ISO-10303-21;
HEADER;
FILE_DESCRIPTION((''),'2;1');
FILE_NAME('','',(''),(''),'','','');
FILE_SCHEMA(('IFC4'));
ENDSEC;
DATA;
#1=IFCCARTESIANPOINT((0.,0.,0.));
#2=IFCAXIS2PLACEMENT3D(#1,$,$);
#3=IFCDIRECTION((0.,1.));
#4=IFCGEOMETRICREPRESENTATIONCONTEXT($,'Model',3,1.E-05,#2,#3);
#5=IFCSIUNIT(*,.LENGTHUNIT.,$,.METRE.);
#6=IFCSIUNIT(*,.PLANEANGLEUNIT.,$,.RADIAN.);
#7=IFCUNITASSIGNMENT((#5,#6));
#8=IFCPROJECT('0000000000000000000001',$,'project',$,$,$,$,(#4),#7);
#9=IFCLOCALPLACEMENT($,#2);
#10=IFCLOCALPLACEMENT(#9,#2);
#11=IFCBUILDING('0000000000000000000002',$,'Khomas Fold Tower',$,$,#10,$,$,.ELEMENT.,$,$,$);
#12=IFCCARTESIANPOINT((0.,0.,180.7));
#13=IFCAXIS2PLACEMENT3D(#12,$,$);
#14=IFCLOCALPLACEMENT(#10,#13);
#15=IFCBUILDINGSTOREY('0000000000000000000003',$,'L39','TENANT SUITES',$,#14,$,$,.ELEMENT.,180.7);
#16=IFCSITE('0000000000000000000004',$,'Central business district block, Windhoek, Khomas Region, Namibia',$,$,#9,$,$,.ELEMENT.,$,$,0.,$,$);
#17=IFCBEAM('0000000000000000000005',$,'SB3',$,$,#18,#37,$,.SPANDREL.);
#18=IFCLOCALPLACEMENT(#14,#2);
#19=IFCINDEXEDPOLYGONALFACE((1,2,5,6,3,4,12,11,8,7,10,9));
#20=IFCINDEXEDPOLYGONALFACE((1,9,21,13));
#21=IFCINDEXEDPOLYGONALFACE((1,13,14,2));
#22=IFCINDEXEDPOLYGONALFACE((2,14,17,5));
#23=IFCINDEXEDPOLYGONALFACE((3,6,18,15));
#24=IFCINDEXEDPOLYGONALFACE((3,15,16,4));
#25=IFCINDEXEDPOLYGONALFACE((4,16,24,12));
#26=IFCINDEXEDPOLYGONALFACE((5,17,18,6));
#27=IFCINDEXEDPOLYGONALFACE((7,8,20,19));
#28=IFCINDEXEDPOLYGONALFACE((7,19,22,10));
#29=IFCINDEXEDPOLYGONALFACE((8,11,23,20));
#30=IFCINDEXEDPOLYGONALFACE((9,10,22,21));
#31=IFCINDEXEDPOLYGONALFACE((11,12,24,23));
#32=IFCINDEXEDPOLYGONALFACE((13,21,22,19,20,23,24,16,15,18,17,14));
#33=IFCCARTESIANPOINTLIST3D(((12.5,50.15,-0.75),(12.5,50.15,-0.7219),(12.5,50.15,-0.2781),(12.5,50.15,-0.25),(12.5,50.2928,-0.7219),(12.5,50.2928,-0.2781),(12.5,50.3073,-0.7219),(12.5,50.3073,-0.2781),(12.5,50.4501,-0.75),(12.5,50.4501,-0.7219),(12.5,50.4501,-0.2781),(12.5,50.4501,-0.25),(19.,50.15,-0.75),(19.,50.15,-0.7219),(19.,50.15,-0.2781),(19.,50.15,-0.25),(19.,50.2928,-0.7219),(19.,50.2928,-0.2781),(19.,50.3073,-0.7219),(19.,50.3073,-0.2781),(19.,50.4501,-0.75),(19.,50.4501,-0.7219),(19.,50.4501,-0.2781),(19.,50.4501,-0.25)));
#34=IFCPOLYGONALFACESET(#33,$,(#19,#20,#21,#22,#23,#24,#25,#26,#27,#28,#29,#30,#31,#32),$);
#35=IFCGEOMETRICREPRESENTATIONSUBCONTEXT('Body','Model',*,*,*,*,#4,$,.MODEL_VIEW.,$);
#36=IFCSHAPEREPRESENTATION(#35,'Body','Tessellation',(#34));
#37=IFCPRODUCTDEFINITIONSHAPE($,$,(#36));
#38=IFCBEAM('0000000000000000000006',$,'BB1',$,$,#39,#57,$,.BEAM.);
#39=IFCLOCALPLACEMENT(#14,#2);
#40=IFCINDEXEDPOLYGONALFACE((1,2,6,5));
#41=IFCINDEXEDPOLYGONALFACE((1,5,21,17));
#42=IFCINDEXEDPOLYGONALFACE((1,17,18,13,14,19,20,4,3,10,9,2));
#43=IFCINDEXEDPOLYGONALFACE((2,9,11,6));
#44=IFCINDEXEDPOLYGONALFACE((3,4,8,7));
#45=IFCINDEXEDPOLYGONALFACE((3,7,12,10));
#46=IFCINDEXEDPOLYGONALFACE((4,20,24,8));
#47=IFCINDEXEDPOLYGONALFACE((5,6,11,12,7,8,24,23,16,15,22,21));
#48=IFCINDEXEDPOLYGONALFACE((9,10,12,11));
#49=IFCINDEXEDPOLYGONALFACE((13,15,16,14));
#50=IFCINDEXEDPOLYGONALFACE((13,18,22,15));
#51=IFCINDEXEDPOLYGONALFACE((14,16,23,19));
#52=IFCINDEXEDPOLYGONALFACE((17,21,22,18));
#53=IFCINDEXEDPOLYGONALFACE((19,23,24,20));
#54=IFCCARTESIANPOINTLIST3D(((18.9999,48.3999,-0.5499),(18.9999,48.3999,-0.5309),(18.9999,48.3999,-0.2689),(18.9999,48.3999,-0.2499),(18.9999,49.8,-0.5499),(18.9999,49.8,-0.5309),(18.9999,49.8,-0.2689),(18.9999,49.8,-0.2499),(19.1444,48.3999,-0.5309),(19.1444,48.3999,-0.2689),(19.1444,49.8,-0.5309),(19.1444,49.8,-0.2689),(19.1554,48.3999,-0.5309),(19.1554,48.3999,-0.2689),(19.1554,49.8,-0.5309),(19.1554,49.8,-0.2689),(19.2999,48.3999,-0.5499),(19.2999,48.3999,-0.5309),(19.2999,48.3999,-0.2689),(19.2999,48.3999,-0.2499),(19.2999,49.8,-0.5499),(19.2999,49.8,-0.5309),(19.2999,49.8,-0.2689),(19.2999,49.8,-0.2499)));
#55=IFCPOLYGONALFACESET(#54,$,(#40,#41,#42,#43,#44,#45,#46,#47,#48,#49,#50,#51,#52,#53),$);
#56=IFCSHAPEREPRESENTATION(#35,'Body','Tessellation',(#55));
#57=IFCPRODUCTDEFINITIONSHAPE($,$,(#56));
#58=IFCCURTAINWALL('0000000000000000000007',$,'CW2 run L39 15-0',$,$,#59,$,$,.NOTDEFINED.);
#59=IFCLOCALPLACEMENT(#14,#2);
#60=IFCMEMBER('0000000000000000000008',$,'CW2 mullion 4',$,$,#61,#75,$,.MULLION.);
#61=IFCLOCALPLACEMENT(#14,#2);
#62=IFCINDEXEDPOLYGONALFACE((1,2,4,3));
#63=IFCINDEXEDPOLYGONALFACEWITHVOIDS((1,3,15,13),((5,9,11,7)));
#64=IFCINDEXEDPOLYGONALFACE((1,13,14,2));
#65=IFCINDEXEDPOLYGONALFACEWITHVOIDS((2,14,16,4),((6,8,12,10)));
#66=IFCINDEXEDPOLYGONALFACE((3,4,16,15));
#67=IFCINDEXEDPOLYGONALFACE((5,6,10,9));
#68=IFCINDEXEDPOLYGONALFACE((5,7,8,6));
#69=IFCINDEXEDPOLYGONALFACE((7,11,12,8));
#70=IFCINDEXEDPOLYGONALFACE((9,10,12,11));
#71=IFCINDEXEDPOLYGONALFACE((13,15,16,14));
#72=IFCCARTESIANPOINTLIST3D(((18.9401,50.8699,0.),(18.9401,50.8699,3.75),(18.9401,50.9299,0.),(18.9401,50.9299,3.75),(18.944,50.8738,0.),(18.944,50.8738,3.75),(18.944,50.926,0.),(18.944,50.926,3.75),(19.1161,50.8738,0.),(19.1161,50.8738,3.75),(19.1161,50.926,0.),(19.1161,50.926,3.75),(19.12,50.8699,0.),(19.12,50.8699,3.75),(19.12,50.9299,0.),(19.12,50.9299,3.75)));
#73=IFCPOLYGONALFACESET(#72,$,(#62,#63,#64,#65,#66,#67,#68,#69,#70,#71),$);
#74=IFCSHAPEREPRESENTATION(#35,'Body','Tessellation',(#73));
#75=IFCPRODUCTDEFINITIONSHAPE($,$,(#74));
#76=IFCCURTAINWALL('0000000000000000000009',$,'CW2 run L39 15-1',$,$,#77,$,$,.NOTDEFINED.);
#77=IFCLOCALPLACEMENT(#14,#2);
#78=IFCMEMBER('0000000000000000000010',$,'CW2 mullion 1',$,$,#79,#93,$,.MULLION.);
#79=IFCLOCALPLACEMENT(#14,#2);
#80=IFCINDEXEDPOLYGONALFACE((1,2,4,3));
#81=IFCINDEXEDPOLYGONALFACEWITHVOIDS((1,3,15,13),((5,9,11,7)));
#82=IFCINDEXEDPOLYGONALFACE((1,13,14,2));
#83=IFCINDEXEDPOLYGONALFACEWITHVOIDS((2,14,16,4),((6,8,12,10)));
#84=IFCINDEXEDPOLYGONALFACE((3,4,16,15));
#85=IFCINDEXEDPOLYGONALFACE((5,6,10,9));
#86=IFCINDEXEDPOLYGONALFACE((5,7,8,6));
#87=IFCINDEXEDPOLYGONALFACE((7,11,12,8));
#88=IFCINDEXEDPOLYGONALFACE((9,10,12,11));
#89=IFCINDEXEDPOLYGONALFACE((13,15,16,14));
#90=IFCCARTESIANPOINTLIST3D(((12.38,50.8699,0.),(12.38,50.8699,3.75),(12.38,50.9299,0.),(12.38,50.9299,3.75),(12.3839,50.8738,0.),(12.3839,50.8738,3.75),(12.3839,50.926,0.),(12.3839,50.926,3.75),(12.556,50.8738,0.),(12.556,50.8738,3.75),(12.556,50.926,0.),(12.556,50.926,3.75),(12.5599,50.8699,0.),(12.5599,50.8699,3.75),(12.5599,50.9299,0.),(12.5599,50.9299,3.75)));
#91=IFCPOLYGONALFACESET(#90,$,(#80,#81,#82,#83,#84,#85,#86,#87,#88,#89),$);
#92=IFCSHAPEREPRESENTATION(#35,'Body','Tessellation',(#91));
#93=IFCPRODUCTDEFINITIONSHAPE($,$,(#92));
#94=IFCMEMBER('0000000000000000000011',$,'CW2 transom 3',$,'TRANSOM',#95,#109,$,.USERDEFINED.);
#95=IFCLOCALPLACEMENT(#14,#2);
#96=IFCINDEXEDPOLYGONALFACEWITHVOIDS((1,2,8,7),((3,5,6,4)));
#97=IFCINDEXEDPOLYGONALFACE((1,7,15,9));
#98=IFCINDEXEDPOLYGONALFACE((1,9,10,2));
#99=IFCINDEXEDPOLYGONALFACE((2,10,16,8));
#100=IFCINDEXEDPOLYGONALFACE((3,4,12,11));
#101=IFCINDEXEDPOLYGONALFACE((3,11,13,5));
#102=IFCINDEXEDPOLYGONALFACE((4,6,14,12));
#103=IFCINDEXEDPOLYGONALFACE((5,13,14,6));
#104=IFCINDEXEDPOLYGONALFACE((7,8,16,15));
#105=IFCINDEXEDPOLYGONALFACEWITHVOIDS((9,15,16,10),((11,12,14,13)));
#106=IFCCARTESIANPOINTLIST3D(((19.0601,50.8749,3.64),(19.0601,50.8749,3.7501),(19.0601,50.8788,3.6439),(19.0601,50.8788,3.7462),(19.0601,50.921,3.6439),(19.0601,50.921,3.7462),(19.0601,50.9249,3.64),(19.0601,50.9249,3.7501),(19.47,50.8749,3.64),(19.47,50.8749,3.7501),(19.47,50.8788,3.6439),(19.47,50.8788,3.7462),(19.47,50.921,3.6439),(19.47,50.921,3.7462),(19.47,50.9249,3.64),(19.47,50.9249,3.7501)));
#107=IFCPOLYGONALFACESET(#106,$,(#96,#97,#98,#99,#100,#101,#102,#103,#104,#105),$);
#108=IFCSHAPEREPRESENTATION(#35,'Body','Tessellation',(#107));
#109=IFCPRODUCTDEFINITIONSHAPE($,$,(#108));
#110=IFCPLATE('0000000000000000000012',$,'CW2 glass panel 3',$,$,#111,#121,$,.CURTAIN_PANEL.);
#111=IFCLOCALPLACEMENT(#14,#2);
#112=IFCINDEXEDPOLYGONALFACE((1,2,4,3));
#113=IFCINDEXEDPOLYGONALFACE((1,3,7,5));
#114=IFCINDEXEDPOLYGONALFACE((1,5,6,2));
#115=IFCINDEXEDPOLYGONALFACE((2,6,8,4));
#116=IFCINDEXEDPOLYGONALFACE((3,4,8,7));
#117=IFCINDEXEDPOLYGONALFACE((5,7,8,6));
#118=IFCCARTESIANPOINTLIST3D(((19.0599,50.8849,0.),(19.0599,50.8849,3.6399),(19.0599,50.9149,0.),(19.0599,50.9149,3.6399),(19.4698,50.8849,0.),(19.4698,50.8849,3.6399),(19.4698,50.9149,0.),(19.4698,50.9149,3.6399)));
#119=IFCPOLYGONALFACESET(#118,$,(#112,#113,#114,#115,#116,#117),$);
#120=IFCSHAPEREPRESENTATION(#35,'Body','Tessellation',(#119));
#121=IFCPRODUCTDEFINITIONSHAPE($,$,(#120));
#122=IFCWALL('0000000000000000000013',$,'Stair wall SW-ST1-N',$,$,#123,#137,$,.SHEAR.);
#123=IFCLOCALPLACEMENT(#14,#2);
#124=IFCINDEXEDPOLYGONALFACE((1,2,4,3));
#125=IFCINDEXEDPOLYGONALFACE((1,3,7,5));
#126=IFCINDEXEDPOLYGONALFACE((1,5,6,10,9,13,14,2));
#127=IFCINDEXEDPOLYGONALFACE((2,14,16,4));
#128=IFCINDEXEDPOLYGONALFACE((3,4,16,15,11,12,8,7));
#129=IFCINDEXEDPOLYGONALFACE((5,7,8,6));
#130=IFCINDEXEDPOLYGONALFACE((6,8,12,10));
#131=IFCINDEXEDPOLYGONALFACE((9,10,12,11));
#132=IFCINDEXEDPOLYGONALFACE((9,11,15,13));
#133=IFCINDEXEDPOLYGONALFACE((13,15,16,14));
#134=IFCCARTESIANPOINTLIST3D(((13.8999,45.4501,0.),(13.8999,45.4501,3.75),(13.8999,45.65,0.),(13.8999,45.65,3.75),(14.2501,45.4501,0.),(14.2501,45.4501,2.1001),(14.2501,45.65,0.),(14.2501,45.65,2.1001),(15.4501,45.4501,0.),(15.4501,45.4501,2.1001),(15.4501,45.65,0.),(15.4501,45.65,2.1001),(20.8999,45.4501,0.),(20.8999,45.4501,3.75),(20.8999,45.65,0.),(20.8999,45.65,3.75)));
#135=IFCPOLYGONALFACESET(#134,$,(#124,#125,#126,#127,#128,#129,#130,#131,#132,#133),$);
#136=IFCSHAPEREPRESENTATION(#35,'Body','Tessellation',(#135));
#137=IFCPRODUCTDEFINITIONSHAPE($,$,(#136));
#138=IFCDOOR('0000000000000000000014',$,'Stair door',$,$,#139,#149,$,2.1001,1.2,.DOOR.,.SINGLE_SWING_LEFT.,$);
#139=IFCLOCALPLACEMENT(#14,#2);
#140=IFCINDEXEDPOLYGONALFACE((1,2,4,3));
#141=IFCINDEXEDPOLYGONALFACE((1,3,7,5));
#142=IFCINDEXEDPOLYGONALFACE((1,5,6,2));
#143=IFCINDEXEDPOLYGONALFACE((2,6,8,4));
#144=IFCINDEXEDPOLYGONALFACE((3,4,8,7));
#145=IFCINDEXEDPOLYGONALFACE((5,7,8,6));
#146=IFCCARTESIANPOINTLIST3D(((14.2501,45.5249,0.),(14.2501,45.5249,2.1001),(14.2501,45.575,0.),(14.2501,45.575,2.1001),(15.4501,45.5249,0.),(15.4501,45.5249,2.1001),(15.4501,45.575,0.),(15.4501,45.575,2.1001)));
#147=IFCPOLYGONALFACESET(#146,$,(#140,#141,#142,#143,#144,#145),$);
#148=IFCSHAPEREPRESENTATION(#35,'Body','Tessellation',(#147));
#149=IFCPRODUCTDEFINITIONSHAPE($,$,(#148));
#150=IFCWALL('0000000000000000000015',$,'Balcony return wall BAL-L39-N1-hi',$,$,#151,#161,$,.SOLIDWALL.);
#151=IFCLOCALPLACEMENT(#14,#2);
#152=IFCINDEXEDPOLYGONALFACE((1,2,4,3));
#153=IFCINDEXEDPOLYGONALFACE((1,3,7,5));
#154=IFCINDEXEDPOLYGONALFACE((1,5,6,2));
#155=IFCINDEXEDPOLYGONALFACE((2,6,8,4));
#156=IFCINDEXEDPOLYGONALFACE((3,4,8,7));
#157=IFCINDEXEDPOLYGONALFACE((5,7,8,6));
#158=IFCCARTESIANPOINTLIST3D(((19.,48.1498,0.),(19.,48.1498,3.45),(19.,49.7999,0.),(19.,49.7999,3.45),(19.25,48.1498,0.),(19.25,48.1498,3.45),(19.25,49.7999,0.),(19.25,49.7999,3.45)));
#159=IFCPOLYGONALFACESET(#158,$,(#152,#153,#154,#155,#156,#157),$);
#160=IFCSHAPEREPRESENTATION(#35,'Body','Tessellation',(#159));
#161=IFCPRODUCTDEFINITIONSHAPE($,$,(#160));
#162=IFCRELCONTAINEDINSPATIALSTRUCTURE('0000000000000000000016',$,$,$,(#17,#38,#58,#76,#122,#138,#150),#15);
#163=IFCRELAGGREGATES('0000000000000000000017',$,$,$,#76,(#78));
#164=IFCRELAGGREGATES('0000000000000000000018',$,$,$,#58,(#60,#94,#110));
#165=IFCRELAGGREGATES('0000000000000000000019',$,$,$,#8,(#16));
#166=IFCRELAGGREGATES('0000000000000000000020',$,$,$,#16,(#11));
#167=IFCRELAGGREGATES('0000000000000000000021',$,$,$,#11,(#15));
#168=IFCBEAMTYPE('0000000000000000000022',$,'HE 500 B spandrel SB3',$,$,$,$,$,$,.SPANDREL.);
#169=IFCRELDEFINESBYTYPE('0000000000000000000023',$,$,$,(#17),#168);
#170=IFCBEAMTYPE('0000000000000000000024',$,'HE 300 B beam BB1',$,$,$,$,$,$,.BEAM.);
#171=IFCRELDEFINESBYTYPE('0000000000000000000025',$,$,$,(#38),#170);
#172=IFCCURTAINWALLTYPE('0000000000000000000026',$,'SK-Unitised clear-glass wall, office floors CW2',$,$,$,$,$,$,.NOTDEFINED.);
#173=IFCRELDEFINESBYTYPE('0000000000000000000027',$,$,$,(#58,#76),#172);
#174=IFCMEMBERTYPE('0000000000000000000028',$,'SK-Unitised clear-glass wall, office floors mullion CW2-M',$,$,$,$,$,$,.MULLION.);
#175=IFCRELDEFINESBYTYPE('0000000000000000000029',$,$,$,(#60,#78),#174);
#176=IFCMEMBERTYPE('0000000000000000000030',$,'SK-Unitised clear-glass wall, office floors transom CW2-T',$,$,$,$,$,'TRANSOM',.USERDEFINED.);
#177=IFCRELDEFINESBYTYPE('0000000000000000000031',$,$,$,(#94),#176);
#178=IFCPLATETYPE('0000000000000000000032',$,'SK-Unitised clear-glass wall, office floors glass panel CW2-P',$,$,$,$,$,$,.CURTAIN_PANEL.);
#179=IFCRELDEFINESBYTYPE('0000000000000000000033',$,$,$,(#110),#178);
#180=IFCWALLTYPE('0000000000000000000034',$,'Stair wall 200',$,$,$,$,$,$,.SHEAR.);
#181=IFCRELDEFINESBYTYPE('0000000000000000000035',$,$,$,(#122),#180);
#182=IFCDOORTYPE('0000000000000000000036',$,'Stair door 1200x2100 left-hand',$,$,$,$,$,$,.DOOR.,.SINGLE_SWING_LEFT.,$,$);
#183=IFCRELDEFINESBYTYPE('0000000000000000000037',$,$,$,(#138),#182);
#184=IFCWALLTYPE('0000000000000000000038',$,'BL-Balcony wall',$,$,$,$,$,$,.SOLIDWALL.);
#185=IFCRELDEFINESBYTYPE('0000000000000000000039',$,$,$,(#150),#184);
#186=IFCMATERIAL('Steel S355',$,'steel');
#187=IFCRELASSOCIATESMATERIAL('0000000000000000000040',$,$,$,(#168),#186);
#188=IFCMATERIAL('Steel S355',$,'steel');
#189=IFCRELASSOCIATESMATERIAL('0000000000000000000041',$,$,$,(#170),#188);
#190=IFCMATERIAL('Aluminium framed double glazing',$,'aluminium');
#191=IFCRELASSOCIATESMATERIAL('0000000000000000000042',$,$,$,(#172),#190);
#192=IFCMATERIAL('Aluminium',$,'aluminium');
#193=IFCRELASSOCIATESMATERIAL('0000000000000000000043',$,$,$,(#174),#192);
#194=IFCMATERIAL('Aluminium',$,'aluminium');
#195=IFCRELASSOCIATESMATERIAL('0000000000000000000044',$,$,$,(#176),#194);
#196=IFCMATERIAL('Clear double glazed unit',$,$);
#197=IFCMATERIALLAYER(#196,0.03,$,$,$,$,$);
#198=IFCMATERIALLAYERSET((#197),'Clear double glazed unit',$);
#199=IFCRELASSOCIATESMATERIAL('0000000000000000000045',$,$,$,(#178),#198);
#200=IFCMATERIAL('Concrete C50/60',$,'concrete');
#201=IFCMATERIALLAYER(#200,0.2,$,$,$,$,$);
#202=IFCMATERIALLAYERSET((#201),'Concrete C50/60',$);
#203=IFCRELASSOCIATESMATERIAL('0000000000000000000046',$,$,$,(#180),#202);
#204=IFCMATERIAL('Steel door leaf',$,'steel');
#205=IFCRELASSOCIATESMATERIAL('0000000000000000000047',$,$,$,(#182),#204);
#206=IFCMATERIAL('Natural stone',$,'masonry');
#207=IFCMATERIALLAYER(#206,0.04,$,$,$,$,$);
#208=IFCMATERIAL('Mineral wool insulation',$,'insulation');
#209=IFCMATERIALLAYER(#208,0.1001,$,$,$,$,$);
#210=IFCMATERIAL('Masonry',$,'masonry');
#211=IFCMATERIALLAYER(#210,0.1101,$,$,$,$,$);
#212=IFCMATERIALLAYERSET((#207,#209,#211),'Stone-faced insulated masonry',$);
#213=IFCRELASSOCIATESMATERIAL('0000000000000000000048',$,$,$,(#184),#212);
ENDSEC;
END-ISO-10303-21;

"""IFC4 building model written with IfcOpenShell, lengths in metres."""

from ifc_helpers import new_model, si_unit, direction, frame, frame_2d, origin, origin_2d, place, context, subcontext, project, spatial, rectangle, hollow_rectangle, i_section, extrude, source, transform, mapped, material, layer, layer_set, material_profile, profile_set, type_object, element, fill, aggregate, save


model = new_model("IFC4")

# Units and contexts
model_context = context("Model", 3, precision=1e-05, world=origin(), true_north=direction((0.0, 1.0)))
body_context = subcontext(model_context, "Body", "Model", "MODEL_VIEW")
ifc_project = project(units=[si_unit("LENGTHUNIT", "METRE"), si_unit("PLANEANGLEUNIT", "RADIAN")], contexts=[model_context])

# Site, building, storey
site_placement = place(None, origin())
site = spatial("IfcSite", under=ifc_project, at=site_placement, Name="Central business district block, Windhoek, Khomas Region, Namibia", CompositionType="ELEMENT", RefElevation=0.0)
building_placement = place(site_placement, origin())
building = spatial("IfcBuilding", under=site, at=building_placement, Name="Khomas Fold Tower", CompositionType="ELEMENT")
storey_placement = place(building_placement, frame((0.0, 0.0, 180.7)))
storey = spatial("IfcBuildingStorey", under=building, at=storey_placement, Name="L39", Description="TENANT SUITES", CompositionType="ELEMENT", Elevation=180.7)

# Beams
ifc_material_1 = material(Name="Steel S355", Category="steel")
ifc_material_profile_1 = material_profile(ifc_material_1, i_section(OverallWidth=0.3, OverallDepth=0.5, WebThickness=0.0144, FlangeThickness=0.0281, at=origin_2d()), Name="HE 500 B")
ifc_profile_set_1 = profile_set([ifc_material_profile_1], Name="Steel S355")
beam_type_1 = type_object("IfcBeamType", Name="HE 500 B spandrel SB3", PredefinedType="SPANDREL", material=ifc_profile_set_1)
shared_shape_1 = source(origin(), body_context, "Body", "SweptSolid", [
    extrude(i_section(OverallWidth=0.3, OverallDepth=0.5, WebThickness=0.0144, FlangeThickness=0.0281, at=origin_2d()), origin(), (0.0, 0.0, 1.0), 6.5),
])
beam_1_placement = place(storey_placement, frame((12.5, 50.3, -0.5), z_axis=(1.0, 0.0, 0.0), x_axis=(0.0, 1.0, 0.0)))
element("IfcBeam", 1, at=beam_1_placement, inside=storey, type_object=beam_type_1, Name="SB3", PredefinedType="SPANDREL", context=body_context, shape_type="MappedRepresentation", body=[
    mapped(shared_shape_1, transform((0.0, 0.0, 0.0))),
])
ifc_material_2 = material(Name="Steel S355", Category="steel")
ifc_material_profile_2 = material_profile(ifc_material_2, i_section(OverallWidth=0.3, OverallDepth=0.3, WebThickness=0.011, FlangeThickness=0.019, at=origin_2d()), Name="HE 300 B")
ifc_profile_set_2 = profile_set([ifc_material_profile_2], Name="Steel S355")
beam_type_2 = type_object("IfcBeamType", Name="HE 300 B beam BB1", PredefinedType="BEAM", material=ifc_profile_set_2)
shared_shape_2 = source(origin(), body_context, "Body", "SweptSolid", [
    extrude(i_section(OverallWidth=0.3, OverallDepth=0.3, WebThickness=0.011, FlangeThickness=0.019, at=origin_2d()), origin(), (0.0, 0.0, 1.0), 1.4001),
])
beam_2_placement = place(storey_placement, frame((19.1499, 48.3999, -0.3999), z_axis=(0.0, 1.0, 0.0), x_axis=(-1.0, 0.0, 0.0)))
element("IfcBeam", 2, at=beam_2_placement, inside=storey, type_object=beam_type_2, Name="BB1", PredefinedType="BEAM", context=body_context, shape_type="MappedRepresentation", body=[
    mapped(shared_shape_2, transform((0.0, 0.0, 0.0))),
])

# Curtain walls, members
ifc_material_3 = material(Name="Aluminium framed double glazing", Category="aluminium")
curtain_wall_type = type_object("IfcCurtainWallType", Name="SK-Unitised clear-glass wall, office floors CW2", PredefinedType="NOTDEFINED", material=ifc_material_3)
curtain_wall_1_placement = place(storey_placement, origin())
curtain_wall_1 = element("IfcCurtainWall", 3, at=curtain_wall_1_placement, inside=storey, type_object=curtain_wall_type, Name="CW2 run L39 15-0", PredefinedType="NOTDEFINED")
ifc_material_4 = material(Name="Aluminium", Category="aluminium")
ifc_material_profile_3 = material_profile(ifc_material_4, hollow_rectangle(XDim=0.0601, YDim=0.1799, WallThickness=0.0039, at=origin_2d()), Name="SK-Unitised clear-glass wall, office floors mullion CW2-M")
ifc_profile_set_3 = profile_set([ifc_material_profile_3], Name="Aluminium")
member_type_1 = type_object("IfcMemberType", Name="SK-Unitised clear-glass wall, office floors mullion CW2-M", PredefinedType="MULLION", material=ifc_profile_set_3)
shared_shape_3 = source(origin(), body_context, "Body", "SweptSolid", [
    extrude(hollow_rectangle(XDim=0.0601, YDim=0.1799, WallThickness=0.0039, at=origin_2d()), origin(), (0.0, 0.0, 1.0), 3.75),
])
member_1_placement = place(storey_placement, frame((19.03, 50.8999, 0.0), z_axis=(0.0, 0.0, 1.0), x_axis=(0.0, -1.0, 0.0)))
member_1 = element("IfcMember", 4, at=member_1_placement, type_object=member_type_1, Name="CW2 mullion 4", PredefinedType="MULLION", context=body_context, shape_type="MappedRepresentation", body=[
    mapped(shared_shape_3, transform((0.0, 0.0, 0.0))),
])
curtain_wall_2_placement = place(storey_placement, origin())
curtain_wall_2 = element("IfcCurtainWall", 5, at=curtain_wall_2_placement, inside=storey, type_object=curtain_wall_type, Name="CW2 run L39 15-1", PredefinedType="NOTDEFINED")
member_2_placement = place(storey_placement, frame((12.47, 50.8999, 0.0), z_axis=(0.0, 0.0, 1.0), x_axis=(0.0, -1.0, 0.0)))
member_2 = element("IfcMember", 6, at=member_2_placement, type_object=member_type_1, Name="CW2 mullion 1", PredefinedType="MULLION", context=body_context, shape_type="MappedRepresentation", body=[
    mapped(shared_shape_3, transform((0.0, 0.0, 0.0))),
])
aggregate(curtain_wall_2, [member_2])

# Member
ifc_material_5 = material(Name="Aluminium", Category="aluminium")
ifc_material_profile_4 = material_profile(ifc_material_5, hollow_rectangle(XDim=0.05, YDim=0.1101, WallThickness=0.0039, at=origin_2d()), Name="SK-Unitised clear-glass wall, office floors transom CW2-T")
ifc_profile_set_4 = profile_set([ifc_material_profile_4], Name="Aluminium")
member_type_2 = type_object("IfcMemberType", Name="SK-Unitised clear-glass wall, office floors transom CW2-T", ElementType="TRANSOM", PredefinedType="USERDEFINED", material=ifc_profile_set_4)
shared_shape_4 = source(origin(), body_context, "Body", "SweptSolid", [
    extrude(hollow_rectangle(XDim=0.05, YDim=0.1101, WallThickness=0.0039, at=origin_2d()), origin(), (0.0, 0.0, 1.0), 0.4099),
])
member_3_placement = place(storey_placement, frame((19.47, 50.8999, 3.6951), z_axis=(-1.0, 0.0, 0.0), x_axis=(0.0, -1.0, 0.0)))
member_3 = element("IfcMember", 7, at=member_3_placement, type_object=member_type_2, Name="CW2 transom 3", ObjectType="TRANSOM", PredefinedType="USERDEFINED", context=body_context, shape_type="MappedRepresentation", body=[
    mapped(shared_shape_4, transform((0.0, 0.0, 0.0))),
])

# Plate
ifc_material_6 = material(Name="Clear double glazed unit")
ifc_layer_1 = layer(ifc_material_6, 0.03)
ifc_layer_set_1 = layer_set([ifc_layer_1], Name="Clear double glazed unit")
plate_type = type_object("IfcPlateType", Name="SK-Unitised clear-glass wall, office floors glass panel CW2-P", PredefinedType="CURTAIN_PANEL", material=ifc_layer_set_1)
shared_shape_5 = source(origin(), body_context, "Body", "SweptSolid", [
    extrude(rectangle(XDim=0.4099, YDim=0.03, at=origin_2d()), origin(), (0.0, 0.0, 1.0), 3.6399),
])
plate_placement = place(storey_placement, frame((19.2649, 50.8999, 0.0), z_axis=(0.0, 0.0, 1.0), x_axis=(-1.0, 0.0, 0.0)))
plate = element("IfcPlate", 8, at=plate_placement, type_object=plate_type, Name="CW2 glass panel 3", PredefinedType="CURTAIN_PANEL", context=body_context, shape_type="MappedRepresentation", body=[
    mapped(shared_shape_5, transform((0.0, 0.0, 0.0))),
])
aggregate(curtain_wall_1, [member_1, member_3, plate])

# Wall, opening, door
ifc_material_7 = material(Name="Concrete C50/60", Category="concrete")
ifc_layer_2 = layer(ifc_material_7, 0.2)
ifc_layer_set_2 = layer_set([ifc_layer_2], Name="Concrete C50/60")
wall_type_1 = type_object("IfcWallType", Name="Stair wall 200", PredefinedType="SHEAR", material=ifc_layer_set_2)
shared_shape_6 = source(origin(), body_context, "Body", "SweptSolid", [
    extrude(rectangle(XDim=7.0, YDim=0.2, at=frame_2d((3.5, 0.0))), origin(), (0.0, 0.0, 1.0), 3.75),
])
wall_1_placement = place(storey_placement, frame((13.8999, 45.55, 0.0), z_axis=(0.0, 0.0, 1.0), x_axis=(1.0, 0.0, 0.0)))
wall_1 = element("IfcWall", 9, at=wall_1_placement, inside=storey, type_object=wall_type_1, Name="Stair wall SW-ST1-N", PredefinedType="SHEAR", context=body_context, shape_type="MappedRepresentation", body=[
    mapped(shared_shape_6, transform((0.0, 0.0, 0.0))),
])
shared_shape_7 = source(origin(), body_context, "Body", "SweptSolid", [
    extrude(rectangle(XDim=1.2, YDim=2.1001, at=frame_2d((0.6001, 1.05))), frame((0.0, 0.1099, 0.0), z_axis=(0.0, -1.0, 0.0), x_axis=(1.0, 0.0, 0.0)), (0.0, 0.0, 1.0), 0.22),
])
opening_1_placement = place(wall_1_placement, frame((0.3501, 0.0, 0.0)))
opening_1 = element("IfcOpeningElement", 10, at=opening_1_placement, cuts=wall_1, PredefinedType="OPENING", context=body_context, shape_type="MappedRepresentation", body=[
    mapped(shared_shape_7, transform((0.0, 0.0, 0.0))),
])
ifc_material_8 = material(Name="Steel door leaf", Category="steel")
door_type_1 = type_object("IfcDoorType", Name="Stair door 1200x2100 left-hand", OperationType="SINGLE_SWING_LEFT", PredefinedType="DOOR", material=ifc_material_8)
shared_shape_8 = source(origin(), body_context, "Body", "SweptSolid", [
    extrude(rectangle(XDim=1.2, YDim=2.1001, at=frame_2d((0.6001, 1.05))), frame((0.0, 0.0249, 0.0), z_axis=(0.0, -1.0, 0.0), x_axis=(1.0, 0.0, 0.0)), (0.0, 0.0, 1.0), 0.05),
])
door_1_placement = place(opening_1_placement, origin())
door_1 = element("IfcDoor", 11, at=door_1_placement, inside=storey, type_object=door_type_1, Name="Stair door", OperationType="SINGLE_SWING_LEFT", OverallHeight=2.1001, OverallWidth=1.2, PredefinedType="DOOR", context=body_context, shape_type="MappedRepresentation", body=[
    mapped(shared_shape_8, transform((0.0, 0.0, 0.0))),
])
fill(opening_1, door_1)

# Shared definitions
ifc_material_9 = material(Name="Natural stone", Category="masonry")
ifc_layer_3 = layer(ifc_material_9, 0.04)
ifc_material_10 = material(Name="Mineral wool insulation", Category="insulation")
ifc_layer_4 = layer(ifc_material_10, 0.1001)
ifc_material_11 = material(Name="Masonry", Category="masonry")
ifc_layer_5 = layer(ifc_material_11, 0.1101)
ifc_layer_set_3 = layer_set([ifc_layer_3, ifc_layer_4, ifc_layer_5], Name="Stone-faced insulated masonry")
wall_type_2 = type_object("IfcWallType", Name="BL-Balcony wall", PredefinedType="SOLIDWALL", material=ifc_layer_set_3)

# Wall
shared_shape_9 = source(origin(), body_context, "Body", "SweptSolid", [
    extrude(rectangle(XDim=1.6501, YDim=0.25, at=frame_2d((0.8252, 0.0))), origin(), (0.0, 0.0, 1.0), 3.45),
])
wall_2_placement = place(storey_placement, frame((19.125, 49.8, 0.0), z_axis=(0.0, 0.0, 1.0), x_axis=(0.0, -1.0, 0.0)))
element("IfcWall", 12, at=wall_2_placement, inside=storey, type_object=wall_type_2, Name="Balcony return wall BAL-L39-N1-hi", PredefinedType="SOLIDWALL", context=body_context, shape_type="MappedRepresentation", body=[
    mapped(shared_shape_9, transform((0.0, 0.0, 0.0))),
])

save(model, "model.ifc")
